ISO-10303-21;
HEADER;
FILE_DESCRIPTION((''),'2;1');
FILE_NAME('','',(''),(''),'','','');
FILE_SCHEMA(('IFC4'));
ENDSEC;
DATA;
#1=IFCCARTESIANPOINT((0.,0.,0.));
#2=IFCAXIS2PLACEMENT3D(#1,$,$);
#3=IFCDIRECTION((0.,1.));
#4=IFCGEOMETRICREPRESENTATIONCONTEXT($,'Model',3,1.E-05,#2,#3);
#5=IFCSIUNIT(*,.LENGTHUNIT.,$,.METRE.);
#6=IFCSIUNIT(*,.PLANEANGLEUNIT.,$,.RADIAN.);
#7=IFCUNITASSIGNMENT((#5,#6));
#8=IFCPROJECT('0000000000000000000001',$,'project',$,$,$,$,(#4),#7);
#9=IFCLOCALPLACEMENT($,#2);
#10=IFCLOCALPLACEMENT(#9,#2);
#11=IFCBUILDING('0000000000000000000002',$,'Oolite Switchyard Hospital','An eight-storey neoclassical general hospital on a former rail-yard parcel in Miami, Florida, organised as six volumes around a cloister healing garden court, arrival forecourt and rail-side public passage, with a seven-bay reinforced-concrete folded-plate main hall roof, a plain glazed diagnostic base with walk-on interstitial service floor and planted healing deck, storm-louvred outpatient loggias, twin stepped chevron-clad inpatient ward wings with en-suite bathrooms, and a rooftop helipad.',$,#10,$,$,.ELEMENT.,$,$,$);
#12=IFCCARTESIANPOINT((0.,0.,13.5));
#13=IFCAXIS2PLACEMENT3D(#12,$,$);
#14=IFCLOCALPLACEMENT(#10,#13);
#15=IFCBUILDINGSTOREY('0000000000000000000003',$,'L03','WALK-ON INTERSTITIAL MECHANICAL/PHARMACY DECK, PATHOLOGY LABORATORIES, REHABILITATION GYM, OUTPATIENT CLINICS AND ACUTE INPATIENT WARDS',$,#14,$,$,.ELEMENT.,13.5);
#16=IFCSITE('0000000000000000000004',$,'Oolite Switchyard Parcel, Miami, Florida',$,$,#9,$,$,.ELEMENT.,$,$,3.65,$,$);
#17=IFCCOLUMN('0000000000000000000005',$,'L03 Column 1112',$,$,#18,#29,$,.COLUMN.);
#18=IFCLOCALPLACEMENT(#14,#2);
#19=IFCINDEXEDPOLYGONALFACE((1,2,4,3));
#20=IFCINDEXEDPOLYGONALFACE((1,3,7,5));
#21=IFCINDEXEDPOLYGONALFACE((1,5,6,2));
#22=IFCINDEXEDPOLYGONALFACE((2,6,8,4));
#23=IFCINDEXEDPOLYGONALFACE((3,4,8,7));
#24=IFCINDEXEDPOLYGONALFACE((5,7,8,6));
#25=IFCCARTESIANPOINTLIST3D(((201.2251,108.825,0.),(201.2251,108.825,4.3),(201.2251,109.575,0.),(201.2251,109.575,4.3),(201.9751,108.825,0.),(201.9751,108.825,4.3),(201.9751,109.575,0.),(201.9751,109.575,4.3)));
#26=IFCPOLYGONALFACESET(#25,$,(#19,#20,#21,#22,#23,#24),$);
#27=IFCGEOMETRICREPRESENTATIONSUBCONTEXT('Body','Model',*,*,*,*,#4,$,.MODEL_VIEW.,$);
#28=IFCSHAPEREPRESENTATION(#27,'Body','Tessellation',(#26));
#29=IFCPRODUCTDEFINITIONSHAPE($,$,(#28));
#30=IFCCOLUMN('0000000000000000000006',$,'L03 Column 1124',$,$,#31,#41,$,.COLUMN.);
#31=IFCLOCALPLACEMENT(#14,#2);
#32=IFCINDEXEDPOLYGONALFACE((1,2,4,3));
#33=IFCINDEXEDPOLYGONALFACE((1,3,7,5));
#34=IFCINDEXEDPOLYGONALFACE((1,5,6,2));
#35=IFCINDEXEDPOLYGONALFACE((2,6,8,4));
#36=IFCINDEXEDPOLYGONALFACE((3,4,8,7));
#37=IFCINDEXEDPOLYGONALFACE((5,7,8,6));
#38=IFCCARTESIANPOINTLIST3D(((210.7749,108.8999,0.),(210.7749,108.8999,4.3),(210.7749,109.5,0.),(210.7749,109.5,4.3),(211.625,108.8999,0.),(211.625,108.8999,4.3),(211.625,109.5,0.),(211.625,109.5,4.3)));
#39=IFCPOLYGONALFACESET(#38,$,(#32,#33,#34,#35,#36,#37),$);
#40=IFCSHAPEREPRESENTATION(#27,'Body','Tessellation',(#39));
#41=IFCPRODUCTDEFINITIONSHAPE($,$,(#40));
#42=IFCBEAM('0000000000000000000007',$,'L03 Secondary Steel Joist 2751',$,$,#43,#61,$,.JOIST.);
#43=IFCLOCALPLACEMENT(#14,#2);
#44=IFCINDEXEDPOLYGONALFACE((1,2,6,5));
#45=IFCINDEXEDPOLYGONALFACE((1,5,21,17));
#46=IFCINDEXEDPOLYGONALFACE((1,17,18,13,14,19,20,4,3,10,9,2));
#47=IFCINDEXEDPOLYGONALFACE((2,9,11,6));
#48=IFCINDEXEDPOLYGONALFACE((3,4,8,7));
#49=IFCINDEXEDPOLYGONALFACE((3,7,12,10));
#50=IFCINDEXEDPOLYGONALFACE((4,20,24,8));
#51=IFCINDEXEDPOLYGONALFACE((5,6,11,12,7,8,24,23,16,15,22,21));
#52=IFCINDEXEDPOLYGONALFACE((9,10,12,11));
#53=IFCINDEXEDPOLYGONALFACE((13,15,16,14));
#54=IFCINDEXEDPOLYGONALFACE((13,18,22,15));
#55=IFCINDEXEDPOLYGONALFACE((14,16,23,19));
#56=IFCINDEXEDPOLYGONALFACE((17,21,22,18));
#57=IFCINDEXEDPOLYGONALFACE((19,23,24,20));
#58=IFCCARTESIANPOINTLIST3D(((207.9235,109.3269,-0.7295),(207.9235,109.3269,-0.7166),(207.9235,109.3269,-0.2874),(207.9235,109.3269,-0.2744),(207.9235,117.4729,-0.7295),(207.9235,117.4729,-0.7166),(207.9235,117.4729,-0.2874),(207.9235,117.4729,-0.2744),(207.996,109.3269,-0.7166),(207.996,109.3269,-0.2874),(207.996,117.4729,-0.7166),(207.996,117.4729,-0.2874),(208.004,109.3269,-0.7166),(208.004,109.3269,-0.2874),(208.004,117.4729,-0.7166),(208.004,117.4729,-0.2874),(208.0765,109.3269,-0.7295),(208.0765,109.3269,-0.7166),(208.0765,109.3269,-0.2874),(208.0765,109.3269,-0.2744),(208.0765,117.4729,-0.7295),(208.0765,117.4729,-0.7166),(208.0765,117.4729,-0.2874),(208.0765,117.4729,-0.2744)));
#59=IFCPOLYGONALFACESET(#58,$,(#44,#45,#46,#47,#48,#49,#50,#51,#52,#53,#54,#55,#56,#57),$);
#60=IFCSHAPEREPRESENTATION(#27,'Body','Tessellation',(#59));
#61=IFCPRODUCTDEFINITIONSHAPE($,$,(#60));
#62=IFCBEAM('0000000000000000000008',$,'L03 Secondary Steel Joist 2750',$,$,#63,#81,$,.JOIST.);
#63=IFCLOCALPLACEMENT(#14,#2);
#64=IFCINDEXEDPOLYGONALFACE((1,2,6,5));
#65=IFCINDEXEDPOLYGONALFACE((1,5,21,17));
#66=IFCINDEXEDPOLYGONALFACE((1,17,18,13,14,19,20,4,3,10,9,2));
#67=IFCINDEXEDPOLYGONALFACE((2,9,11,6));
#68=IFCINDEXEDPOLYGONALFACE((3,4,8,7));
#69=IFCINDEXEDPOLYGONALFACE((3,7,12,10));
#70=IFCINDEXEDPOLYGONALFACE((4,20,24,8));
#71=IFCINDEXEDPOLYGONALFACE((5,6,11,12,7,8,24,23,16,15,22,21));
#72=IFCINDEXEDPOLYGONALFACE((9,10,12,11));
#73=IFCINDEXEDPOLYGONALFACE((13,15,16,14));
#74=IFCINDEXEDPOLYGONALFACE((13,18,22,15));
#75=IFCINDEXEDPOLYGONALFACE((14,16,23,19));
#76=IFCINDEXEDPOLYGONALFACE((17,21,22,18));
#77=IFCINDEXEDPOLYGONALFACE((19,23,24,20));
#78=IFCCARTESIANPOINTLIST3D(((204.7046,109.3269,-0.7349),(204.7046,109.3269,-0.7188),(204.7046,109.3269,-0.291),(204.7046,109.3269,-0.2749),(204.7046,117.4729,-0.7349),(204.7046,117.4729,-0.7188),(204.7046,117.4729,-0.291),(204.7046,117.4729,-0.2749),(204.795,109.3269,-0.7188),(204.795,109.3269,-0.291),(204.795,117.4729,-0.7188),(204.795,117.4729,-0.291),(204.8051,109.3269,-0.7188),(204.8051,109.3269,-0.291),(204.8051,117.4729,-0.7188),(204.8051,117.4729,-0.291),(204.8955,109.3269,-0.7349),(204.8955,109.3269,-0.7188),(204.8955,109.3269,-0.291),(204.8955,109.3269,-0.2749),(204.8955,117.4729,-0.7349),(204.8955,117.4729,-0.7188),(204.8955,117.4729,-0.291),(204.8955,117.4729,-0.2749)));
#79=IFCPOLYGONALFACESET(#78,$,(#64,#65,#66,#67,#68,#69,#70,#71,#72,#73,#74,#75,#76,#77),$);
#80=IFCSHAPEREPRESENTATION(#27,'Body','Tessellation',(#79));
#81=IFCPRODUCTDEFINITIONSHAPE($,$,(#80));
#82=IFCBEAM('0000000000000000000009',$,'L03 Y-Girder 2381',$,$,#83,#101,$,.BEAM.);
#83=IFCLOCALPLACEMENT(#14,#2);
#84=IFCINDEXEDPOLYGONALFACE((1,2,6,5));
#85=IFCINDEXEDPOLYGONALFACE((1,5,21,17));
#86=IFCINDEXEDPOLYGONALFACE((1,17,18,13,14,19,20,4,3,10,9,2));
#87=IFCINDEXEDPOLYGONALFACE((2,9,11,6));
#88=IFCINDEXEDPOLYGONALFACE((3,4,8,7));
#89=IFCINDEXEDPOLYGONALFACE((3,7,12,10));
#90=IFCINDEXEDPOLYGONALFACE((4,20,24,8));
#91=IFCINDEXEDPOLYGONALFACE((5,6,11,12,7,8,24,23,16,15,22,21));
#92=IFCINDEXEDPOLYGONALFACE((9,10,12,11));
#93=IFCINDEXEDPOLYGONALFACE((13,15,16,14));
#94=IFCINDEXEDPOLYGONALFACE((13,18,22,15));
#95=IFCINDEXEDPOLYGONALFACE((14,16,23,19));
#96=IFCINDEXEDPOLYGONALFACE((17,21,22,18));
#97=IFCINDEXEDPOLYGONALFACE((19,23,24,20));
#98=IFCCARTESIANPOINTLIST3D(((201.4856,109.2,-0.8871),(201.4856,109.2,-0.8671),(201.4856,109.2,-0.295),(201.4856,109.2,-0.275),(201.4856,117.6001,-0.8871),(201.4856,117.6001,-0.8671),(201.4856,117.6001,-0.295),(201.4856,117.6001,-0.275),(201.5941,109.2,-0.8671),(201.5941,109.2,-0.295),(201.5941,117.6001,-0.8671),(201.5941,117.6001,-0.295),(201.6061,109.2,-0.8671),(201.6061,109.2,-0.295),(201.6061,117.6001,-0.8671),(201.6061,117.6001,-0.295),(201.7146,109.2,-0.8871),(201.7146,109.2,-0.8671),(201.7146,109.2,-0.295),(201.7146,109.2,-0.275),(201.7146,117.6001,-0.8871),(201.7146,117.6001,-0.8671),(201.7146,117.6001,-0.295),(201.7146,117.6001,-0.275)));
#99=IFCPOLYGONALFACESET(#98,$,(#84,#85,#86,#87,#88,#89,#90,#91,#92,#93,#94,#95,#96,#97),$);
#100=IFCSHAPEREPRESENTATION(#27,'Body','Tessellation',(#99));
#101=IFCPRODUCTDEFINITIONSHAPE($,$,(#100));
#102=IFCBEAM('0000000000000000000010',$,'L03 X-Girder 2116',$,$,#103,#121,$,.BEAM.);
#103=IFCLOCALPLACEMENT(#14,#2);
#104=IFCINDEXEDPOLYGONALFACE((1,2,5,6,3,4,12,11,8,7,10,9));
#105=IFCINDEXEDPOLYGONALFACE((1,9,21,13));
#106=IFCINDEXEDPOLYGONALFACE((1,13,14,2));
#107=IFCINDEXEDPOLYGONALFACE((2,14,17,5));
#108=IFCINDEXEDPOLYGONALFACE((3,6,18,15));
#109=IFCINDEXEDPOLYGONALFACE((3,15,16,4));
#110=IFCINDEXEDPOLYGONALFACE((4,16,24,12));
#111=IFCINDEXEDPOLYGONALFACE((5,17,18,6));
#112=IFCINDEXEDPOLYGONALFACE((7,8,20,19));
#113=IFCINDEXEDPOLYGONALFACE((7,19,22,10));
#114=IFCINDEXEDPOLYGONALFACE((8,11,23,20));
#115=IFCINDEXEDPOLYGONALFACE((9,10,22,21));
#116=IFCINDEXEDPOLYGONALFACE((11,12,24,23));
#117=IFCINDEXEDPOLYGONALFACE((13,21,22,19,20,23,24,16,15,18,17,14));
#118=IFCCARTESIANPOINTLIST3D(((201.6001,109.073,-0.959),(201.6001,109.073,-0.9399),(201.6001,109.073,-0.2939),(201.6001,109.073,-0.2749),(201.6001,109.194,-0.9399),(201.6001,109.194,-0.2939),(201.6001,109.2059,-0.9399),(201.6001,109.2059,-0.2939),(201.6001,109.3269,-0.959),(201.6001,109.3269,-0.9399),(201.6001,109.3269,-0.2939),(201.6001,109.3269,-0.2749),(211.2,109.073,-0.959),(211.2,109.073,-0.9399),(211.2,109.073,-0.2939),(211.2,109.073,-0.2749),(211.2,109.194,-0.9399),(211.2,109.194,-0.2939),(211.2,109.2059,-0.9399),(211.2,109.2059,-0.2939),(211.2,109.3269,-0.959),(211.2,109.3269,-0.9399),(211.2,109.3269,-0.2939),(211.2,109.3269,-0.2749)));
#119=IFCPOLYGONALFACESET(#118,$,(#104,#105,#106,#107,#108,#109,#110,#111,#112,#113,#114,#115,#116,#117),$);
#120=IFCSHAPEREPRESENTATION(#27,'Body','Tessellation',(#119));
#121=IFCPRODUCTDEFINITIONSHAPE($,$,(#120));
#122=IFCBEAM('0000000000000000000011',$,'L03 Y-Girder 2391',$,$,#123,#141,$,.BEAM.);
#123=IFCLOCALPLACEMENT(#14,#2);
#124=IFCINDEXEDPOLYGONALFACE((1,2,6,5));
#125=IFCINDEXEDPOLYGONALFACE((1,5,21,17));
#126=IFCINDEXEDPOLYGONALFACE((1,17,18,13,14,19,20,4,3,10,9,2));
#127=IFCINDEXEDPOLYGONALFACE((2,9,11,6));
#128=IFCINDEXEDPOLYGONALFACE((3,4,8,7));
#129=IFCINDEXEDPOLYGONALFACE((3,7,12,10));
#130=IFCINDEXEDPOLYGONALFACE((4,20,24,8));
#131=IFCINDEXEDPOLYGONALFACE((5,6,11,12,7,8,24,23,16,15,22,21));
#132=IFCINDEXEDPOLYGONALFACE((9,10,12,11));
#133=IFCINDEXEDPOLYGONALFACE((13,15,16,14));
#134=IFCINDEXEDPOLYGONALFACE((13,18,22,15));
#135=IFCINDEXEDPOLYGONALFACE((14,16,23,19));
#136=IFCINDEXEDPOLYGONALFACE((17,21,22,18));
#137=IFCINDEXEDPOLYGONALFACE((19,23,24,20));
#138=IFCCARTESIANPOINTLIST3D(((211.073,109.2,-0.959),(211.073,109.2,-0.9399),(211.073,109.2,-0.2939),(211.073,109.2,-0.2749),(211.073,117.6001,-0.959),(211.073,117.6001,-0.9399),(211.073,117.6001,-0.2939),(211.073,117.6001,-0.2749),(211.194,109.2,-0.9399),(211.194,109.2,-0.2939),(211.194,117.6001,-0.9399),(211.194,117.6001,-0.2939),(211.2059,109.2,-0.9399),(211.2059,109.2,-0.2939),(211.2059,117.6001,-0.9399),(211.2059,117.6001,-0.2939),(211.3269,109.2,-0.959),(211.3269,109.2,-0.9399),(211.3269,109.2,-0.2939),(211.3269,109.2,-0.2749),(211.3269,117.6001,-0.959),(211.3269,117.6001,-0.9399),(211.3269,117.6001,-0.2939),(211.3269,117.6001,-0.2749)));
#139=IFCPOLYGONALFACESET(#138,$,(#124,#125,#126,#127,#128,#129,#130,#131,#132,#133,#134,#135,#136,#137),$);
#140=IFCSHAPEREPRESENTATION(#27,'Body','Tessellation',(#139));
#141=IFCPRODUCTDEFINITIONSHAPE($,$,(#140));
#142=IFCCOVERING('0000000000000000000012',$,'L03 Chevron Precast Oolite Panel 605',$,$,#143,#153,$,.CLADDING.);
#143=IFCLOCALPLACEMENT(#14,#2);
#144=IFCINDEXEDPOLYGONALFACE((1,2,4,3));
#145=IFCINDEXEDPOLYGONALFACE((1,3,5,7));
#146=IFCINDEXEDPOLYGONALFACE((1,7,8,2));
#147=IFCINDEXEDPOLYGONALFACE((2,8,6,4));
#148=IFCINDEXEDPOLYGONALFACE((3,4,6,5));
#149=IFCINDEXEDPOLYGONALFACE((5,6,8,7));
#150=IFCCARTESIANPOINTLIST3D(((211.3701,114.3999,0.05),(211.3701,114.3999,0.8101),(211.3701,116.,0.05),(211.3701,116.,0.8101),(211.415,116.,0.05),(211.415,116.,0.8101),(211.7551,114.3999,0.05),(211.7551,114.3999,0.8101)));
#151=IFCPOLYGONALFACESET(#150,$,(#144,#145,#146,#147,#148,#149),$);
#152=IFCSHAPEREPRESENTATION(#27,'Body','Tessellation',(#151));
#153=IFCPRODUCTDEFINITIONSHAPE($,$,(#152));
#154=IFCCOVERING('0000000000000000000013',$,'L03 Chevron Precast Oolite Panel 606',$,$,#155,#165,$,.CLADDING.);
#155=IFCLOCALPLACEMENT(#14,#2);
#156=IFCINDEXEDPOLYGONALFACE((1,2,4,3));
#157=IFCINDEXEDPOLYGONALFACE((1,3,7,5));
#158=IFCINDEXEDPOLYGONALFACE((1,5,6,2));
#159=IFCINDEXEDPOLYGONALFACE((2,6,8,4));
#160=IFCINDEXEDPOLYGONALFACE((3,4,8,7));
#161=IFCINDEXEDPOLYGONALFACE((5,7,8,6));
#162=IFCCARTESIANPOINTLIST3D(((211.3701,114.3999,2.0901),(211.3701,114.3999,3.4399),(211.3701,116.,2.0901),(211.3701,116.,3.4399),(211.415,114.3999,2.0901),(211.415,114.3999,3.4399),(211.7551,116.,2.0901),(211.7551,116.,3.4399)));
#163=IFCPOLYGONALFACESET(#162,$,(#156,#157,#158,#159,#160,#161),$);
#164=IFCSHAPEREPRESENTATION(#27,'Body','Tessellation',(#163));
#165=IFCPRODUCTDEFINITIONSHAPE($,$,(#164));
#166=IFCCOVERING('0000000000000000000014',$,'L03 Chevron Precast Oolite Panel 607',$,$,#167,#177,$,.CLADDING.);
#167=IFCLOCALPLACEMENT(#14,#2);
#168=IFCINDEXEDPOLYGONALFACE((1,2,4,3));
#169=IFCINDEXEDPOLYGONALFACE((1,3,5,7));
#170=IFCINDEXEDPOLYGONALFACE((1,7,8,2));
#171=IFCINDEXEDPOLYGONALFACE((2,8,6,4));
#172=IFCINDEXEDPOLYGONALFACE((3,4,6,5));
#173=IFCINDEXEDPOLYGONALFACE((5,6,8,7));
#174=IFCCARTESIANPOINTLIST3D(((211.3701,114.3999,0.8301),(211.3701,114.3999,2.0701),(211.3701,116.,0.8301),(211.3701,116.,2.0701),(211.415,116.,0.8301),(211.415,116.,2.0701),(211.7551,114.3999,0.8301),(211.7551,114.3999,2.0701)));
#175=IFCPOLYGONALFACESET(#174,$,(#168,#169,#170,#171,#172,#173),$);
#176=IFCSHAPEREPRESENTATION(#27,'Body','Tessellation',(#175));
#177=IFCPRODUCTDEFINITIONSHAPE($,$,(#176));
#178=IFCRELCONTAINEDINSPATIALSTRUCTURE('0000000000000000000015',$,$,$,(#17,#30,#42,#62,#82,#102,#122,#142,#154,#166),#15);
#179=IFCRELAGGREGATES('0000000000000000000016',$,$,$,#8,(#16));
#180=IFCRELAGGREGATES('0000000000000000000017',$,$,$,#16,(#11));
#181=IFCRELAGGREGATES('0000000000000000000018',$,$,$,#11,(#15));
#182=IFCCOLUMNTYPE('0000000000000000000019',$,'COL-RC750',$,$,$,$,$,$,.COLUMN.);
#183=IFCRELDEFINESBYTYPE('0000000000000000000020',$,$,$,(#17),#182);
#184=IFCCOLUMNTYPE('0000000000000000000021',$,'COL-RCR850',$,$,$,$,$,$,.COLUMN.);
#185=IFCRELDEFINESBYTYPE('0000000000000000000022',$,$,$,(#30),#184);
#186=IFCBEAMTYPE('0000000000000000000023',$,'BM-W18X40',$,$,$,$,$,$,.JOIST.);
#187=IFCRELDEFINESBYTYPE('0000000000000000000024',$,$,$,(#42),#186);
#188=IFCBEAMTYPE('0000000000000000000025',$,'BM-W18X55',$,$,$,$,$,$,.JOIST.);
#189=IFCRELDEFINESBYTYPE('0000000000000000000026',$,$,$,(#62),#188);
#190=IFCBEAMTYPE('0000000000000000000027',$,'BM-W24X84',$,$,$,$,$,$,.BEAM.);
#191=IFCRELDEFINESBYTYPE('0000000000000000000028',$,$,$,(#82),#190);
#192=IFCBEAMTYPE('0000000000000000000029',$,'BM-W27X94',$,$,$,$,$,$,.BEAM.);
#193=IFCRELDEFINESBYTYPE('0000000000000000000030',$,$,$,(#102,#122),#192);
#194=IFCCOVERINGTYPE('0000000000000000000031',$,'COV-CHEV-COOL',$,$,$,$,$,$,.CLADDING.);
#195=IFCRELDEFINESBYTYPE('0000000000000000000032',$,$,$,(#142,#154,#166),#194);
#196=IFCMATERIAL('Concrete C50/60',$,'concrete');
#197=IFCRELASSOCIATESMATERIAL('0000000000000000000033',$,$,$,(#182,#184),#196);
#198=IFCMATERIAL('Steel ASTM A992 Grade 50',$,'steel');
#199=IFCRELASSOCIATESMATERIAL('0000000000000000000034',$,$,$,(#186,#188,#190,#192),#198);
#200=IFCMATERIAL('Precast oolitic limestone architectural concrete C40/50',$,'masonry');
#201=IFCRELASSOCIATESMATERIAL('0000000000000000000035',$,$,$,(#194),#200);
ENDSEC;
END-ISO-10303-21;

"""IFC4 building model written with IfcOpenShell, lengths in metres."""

from ifc_helpers import new_model, si_unit, direction, frame, origin, origin_2d, place, context, subcontext, project, spatial, polyline, rectangle, i_section, outline, extrude, material, material_profile, profile_set, type_object, element, save


model = new_model("IFC4")

# Units and contexts
model_context = context("Model", 3, precision=1e-05, world=origin(), true_north=direction((0.0, 1.0)))
body_context = subcontext(model_context, "Body", "Model", "MODEL_VIEW")
ifc_project = project(units=[si_unit("LENGTHUNIT", "METRE"), si_unit("PLANEANGLEUNIT", "RADIAN")], contexts=[model_context])

# Site, building, storey
site_placement = place(None, origin())
site = spatial("IfcSite", under=ifc_project, at=site_placement, Name="Oolite Switchyard Parcel, Miami, Florida", CompositionType="ELEMENT", RefElevation=3.65)
building_placement = place(site_placement, origin())
building = spatial("IfcBuilding", under=site, at=building_placement, Name="Oolite Switchyard Hospital", Description="An eight-storey neoclassical general hospital on a former rail-yard parcel in Miami, Florida, organised as six volumes around a cloister healing garden court, arrival forecourt and rail-side public passage, with a seven-bay reinforced-concrete folded-plate main hall roof, a plain glazed diagnostic base with walk-on interstitial service floor and planted healing deck, storm-louvred outpatient loggias, twin stepped chevron-clad inpatient ward wings with en-suite bathrooms, and a rooftop helipad.", CompositionType="ELEMENT")
storey_placement = place(building_placement, frame((0.0, 0.0, 13.5)))
storey = spatial("IfcBuildingStorey", under=building, at=storey_placement, Name="L03", Description="WALK-ON INTERSTITIAL MECHANICAL/PHARMACY DECK, PATHOLOGY LABORATORIES, REHABILITATION GYM, OUTPATIENT CLINICS AND ACUTE INPATIENT WARDS", CompositionType="ELEMENT", Elevation=13.5)

# Columns
ifc_material_1 = material(Name="Concrete C50/60", Category="concrete")
ifc_material_profile_1 = material_profile(ifc_material_1, rectangle(XDim=0.75, YDim=0.75, at=origin_2d()), Name="RC750X750")
ifc_profile_set_1 = profile_set([ifc_material_profile_1], Name="Concrete C50/60")
column_type_1 = type_object("IfcColumnType", Name="COL-RC750", PredefinedType="COLUMN", material=ifc_profile_set_1)
column_1_placement = place(storey_placement, frame((201.6001, 109.2, 0.0), z_axis=(0.0, 0.0, 1.0), x_axis=(1.0, 0.0, 0.0)))
element("IfcColumn", 1, at=column_1_placement, inside=storey, type_object=column_type_1, Name="L03 Column 1112", PredefinedType="COLUMN", context=body_context, shape_type="SweptSolid", body=[
    extrude(rectangle(XDim=0.75, YDim=0.75, at=origin_2d()), origin(), (0.0, 0.0, 1.0), 4.3),
])
ifc_material_profile_2 = material_profile(ifc_material_1, rectangle(XDim=0.8501, YDim=0.6001, at=origin_2d()), Name="RC850X600")
ifc_profile_set_2 = profile_set([ifc_material_profile_2], Name="Concrete C50/60")
column_type_2 = type_object("IfcColumnType", Name="COL-RCR850", PredefinedType="COLUMN", material=ifc_profile_set_2)
column_2_placement = place(storey_placement, frame((211.2, 109.2, 0.0), z_axis=(0.0, 0.0, 1.0), x_axis=(1.0, 0.0, 0.0)))
element("IfcColumn", 2, at=column_2_placement, inside=storey, type_object=column_type_2, Name="L03 Column 1124", PredefinedType="COLUMN", context=body_context, shape_type="SweptSolid", body=[
    extrude(rectangle(XDim=0.8501, YDim=0.6001, at=origin_2d()), origin(), (0.0, 0.0, 1.0), 4.3),
])

# Beams
ifc_material_2 = material(Name="Steel ASTM A992 Grade 50", Category="steel")
ifc_material_profile_3 = material_profile(ifc_material_2, i_section(OverallWidth=0.1531, OverallDepth=0.4551, WebThickness=0.0081, FlangeThickness=0.0129, at=origin_2d()), Name="W18X40")
ifc_profile_set_3 = profile_set([ifc_material_profile_3], Name="Steel ASTM A992 Grade 50")
beam_type_1 = type_object("IfcBeamType", Name="BM-W18X40", PredefinedType="JOIST", material=ifc_profile_set_3)
beam_1_placement = place(storey_placement, frame((208.0, 109.3269, -0.502), z_axis=(0.0, 1.0, 0.0), x_axis=(-1.0, 0.0, 0.0)))
element("IfcBeam", 3, at=beam_1_placement, inside=storey, type_object=beam_type_1, Name="L03 Secondary Steel Joist 2751", PredefinedType="JOIST", context=body_context, shape_type="SweptSolid", body=[
    extrude(i_section(OverallWidth=0.1531, OverallDepth=0.4551, WebThickness=0.0081, FlangeThickness=0.0129, at=origin_2d()), origin(), (0.0, 0.0, 1.0), 8.146),
])
ifc_material_profile_4 = material_profile(ifc_material_2, i_section(OverallWidth=0.1909, OverallDepth=0.46, WebThickness=0.01, FlangeThickness=0.0161, at=origin_2d()), Name="W18X55")
ifc_profile_set_4 = profile_set([ifc_material_profile_4], Name="Steel ASTM A992 Grade 50")
beam_type_2 = type_object("IfcBeamType", Name="BM-W18X55", PredefinedType="JOIST", material=ifc_profile_set_4)
beam_2_placement = place(storey_placement, frame((204.8, 109.3269, -0.5049), z_axis=(0.0, 1.0, 0.0), x_axis=(-1.0, 0.0, 0.0)))
element("IfcBeam", 4, at=beam_2_placement, inside=storey, type_object=beam_type_2, Name="L03 Secondary Steel Joist 2750", PredefinedType="JOIST", context=body_context, shape_type="SweptSolid", body=[
    extrude(i_section(OverallWidth=0.1909, OverallDepth=0.46, WebThickness=0.01, FlangeThickness=0.0161, at=origin_2d()), origin(), (0.0, 0.0, 1.0), 8.146),
])
ifc_material_profile_5 = material_profile(ifc_material_2, i_section(OverallWidth=0.229, OverallDepth=0.6121, WebThickness=0.012, FlangeThickness=0.02, at=origin_2d()), Name="W24X84")
ifc_profile_set_5 = profile_set([ifc_material_profile_5], Name="Steel ASTM A992 Grade 50")
beam_type_3 = type_object("IfcBeamType", Name="BM-W24X84", PredefinedType="BEAM", material=ifc_profile_set_5)
beam_3_placement = place(storey_placement, frame((201.6001, 109.2, -0.5811), z_axis=(0.0, 1.0, 0.0), x_axis=(-1.0, 0.0, 0.0)))
element("IfcBeam", 5, at=beam_3_placement, inside=storey, type_object=beam_type_3, Name="L03 Y-Girder 2381", PredefinedType="BEAM", context=body_context, shape_type="SweptSolid", body=[
    extrude(i_section(OverallWidth=0.229, OverallDepth=0.6121, WebThickness=0.012, FlangeThickness=0.02, at=origin_2d()), origin(), (0.0, 0.0, 1.0), 8.4001),
])
ifc_material_profile_6 = material_profile(ifc_material_2, i_section(OverallWidth=0.2539, OverallDepth=0.6841, WebThickness=0.012, FlangeThickness=0.019, at=origin_2d()), Name="W27X94")
ifc_profile_set_6 = profile_set([ifc_material_profile_6], Name="Steel ASTM A992 Grade 50")
beam_type_4 = type_object("IfcBeamType", Name="BM-W27X94", PredefinedType="BEAM", material=ifc_profile_set_6)
beam_4_placement = place(storey_placement, frame((201.6001, 109.2, -0.6169), z_axis=(1.0, 0.0, 0.0), x_axis=(0.0, 1.0, 0.0)))
element("IfcBeam", 6, at=beam_4_placement, inside=storey, type_object=beam_type_4, Name="L03 X-Girder 2116", PredefinedType="BEAM", context=body_context, shape_type="SweptSolid", body=[
    extrude(i_section(OverallWidth=0.2539, OverallDepth=0.6841, WebThickness=0.012, FlangeThickness=0.019, at=origin_2d()), origin(), (0.0, 0.0, 1.0), 9.5999),
])
beam_5_placement = place(storey_placement, frame((211.2, 109.2, -0.6169), z_axis=(0.0, 1.0, 0.0), x_axis=(-1.0, 0.0, 0.0)))
element("IfcBeam", 7, at=beam_5_placement, inside=storey, type_object=beam_type_4, Name="L03 Y-Girder 2391", PredefinedType="BEAM", context=body_context, shape_type="SweptSolid", body=[
    extrude(i_section(OverallWidth=0.2539, OverallDepth=0.6841, WebThickness=0.012, FlangeThickness=0.019, at=origin_2d()), origin(), (0.0, 0.0, 1.0), 8.4001),
])

# Coverings
ifc_material_3 = material(Name="Precast oolitic limestone architectural concrete C40/50", Category="masonry")
covering_type = type_object("IfcCoveringType", Name="COV-CHEV-COOL", PredefinedType="CLADDING", material=ifc_material_3)
covering_1_placement = place(storey_placement, frame((211.3701, 116.0, 0.05), z_axis=(0.0, 0.0, 1.0), x_axis=(0.0, -1.0, 0.0)))
element("IfcCovering", 8, at=covering_1_placement, inside=storey, type_object=covering_type, Name="L03 Chevron Precast Oolite Panel 605", PredefinedType="CLADDING", context=body_context, shape_type="SweptSolid", body=[
    extrude(outline(polyline([(0.0, 0.0), (1.6001, 0.0), (1.6001, 0.385), (0.0, 0.0449), (0.0, 0.0)])), origin(), (0.0, 0.0, 1.0), 0.76),
])
covering_2_placement = place(storey_placement, frame((211.3701, 116.0, 2.0901), z_axis=(0.0, 0.0, 1.0), x_axis=(0.0, -1.0, 0.0)))
element("IfcCovering", 9, at=covering_2_placement, inside=storey, type_object=covering_type, Name="L03 Chevron Precast Oolite Panel 606", PredefinedType="CLADDING", context=body_context, shape_type="SweptSolid", body=[
    extrude(outline(polyline([(0.0, 0.0), (1.6001, 0.0), (1.6001, 0.0449), (0.0, 0.385), (0.0, 0.0)])), origin(), (0.0, 0.0, 1.0), 1.3499),
])
covering_3_placement = place(storey_placement, frame((211.3701, 116.0, 0.8301), z_axis=(0.0, 0.0, 1.0), x_axis=(0.0, -1.0, 0.0)))
element("IfcCovering", 10, at=covering_3_placement, inside=storey, type_object=covering_type, Name="L03 Chevron Precast Oolite Panel 607", PredefinedType="CLADDING", context=body_context, shape_type="SweptSolid", body=[
    extrude(outline(polyline([(0.0, 0.0), (1.6001, 0.0), (1.6001, 0.385), (0.0, 0.0449), (0.0, 0.0)])), origin(), (0.0, 0.0, 1.0), 1.24),
])

save(model, "model.ifc")
